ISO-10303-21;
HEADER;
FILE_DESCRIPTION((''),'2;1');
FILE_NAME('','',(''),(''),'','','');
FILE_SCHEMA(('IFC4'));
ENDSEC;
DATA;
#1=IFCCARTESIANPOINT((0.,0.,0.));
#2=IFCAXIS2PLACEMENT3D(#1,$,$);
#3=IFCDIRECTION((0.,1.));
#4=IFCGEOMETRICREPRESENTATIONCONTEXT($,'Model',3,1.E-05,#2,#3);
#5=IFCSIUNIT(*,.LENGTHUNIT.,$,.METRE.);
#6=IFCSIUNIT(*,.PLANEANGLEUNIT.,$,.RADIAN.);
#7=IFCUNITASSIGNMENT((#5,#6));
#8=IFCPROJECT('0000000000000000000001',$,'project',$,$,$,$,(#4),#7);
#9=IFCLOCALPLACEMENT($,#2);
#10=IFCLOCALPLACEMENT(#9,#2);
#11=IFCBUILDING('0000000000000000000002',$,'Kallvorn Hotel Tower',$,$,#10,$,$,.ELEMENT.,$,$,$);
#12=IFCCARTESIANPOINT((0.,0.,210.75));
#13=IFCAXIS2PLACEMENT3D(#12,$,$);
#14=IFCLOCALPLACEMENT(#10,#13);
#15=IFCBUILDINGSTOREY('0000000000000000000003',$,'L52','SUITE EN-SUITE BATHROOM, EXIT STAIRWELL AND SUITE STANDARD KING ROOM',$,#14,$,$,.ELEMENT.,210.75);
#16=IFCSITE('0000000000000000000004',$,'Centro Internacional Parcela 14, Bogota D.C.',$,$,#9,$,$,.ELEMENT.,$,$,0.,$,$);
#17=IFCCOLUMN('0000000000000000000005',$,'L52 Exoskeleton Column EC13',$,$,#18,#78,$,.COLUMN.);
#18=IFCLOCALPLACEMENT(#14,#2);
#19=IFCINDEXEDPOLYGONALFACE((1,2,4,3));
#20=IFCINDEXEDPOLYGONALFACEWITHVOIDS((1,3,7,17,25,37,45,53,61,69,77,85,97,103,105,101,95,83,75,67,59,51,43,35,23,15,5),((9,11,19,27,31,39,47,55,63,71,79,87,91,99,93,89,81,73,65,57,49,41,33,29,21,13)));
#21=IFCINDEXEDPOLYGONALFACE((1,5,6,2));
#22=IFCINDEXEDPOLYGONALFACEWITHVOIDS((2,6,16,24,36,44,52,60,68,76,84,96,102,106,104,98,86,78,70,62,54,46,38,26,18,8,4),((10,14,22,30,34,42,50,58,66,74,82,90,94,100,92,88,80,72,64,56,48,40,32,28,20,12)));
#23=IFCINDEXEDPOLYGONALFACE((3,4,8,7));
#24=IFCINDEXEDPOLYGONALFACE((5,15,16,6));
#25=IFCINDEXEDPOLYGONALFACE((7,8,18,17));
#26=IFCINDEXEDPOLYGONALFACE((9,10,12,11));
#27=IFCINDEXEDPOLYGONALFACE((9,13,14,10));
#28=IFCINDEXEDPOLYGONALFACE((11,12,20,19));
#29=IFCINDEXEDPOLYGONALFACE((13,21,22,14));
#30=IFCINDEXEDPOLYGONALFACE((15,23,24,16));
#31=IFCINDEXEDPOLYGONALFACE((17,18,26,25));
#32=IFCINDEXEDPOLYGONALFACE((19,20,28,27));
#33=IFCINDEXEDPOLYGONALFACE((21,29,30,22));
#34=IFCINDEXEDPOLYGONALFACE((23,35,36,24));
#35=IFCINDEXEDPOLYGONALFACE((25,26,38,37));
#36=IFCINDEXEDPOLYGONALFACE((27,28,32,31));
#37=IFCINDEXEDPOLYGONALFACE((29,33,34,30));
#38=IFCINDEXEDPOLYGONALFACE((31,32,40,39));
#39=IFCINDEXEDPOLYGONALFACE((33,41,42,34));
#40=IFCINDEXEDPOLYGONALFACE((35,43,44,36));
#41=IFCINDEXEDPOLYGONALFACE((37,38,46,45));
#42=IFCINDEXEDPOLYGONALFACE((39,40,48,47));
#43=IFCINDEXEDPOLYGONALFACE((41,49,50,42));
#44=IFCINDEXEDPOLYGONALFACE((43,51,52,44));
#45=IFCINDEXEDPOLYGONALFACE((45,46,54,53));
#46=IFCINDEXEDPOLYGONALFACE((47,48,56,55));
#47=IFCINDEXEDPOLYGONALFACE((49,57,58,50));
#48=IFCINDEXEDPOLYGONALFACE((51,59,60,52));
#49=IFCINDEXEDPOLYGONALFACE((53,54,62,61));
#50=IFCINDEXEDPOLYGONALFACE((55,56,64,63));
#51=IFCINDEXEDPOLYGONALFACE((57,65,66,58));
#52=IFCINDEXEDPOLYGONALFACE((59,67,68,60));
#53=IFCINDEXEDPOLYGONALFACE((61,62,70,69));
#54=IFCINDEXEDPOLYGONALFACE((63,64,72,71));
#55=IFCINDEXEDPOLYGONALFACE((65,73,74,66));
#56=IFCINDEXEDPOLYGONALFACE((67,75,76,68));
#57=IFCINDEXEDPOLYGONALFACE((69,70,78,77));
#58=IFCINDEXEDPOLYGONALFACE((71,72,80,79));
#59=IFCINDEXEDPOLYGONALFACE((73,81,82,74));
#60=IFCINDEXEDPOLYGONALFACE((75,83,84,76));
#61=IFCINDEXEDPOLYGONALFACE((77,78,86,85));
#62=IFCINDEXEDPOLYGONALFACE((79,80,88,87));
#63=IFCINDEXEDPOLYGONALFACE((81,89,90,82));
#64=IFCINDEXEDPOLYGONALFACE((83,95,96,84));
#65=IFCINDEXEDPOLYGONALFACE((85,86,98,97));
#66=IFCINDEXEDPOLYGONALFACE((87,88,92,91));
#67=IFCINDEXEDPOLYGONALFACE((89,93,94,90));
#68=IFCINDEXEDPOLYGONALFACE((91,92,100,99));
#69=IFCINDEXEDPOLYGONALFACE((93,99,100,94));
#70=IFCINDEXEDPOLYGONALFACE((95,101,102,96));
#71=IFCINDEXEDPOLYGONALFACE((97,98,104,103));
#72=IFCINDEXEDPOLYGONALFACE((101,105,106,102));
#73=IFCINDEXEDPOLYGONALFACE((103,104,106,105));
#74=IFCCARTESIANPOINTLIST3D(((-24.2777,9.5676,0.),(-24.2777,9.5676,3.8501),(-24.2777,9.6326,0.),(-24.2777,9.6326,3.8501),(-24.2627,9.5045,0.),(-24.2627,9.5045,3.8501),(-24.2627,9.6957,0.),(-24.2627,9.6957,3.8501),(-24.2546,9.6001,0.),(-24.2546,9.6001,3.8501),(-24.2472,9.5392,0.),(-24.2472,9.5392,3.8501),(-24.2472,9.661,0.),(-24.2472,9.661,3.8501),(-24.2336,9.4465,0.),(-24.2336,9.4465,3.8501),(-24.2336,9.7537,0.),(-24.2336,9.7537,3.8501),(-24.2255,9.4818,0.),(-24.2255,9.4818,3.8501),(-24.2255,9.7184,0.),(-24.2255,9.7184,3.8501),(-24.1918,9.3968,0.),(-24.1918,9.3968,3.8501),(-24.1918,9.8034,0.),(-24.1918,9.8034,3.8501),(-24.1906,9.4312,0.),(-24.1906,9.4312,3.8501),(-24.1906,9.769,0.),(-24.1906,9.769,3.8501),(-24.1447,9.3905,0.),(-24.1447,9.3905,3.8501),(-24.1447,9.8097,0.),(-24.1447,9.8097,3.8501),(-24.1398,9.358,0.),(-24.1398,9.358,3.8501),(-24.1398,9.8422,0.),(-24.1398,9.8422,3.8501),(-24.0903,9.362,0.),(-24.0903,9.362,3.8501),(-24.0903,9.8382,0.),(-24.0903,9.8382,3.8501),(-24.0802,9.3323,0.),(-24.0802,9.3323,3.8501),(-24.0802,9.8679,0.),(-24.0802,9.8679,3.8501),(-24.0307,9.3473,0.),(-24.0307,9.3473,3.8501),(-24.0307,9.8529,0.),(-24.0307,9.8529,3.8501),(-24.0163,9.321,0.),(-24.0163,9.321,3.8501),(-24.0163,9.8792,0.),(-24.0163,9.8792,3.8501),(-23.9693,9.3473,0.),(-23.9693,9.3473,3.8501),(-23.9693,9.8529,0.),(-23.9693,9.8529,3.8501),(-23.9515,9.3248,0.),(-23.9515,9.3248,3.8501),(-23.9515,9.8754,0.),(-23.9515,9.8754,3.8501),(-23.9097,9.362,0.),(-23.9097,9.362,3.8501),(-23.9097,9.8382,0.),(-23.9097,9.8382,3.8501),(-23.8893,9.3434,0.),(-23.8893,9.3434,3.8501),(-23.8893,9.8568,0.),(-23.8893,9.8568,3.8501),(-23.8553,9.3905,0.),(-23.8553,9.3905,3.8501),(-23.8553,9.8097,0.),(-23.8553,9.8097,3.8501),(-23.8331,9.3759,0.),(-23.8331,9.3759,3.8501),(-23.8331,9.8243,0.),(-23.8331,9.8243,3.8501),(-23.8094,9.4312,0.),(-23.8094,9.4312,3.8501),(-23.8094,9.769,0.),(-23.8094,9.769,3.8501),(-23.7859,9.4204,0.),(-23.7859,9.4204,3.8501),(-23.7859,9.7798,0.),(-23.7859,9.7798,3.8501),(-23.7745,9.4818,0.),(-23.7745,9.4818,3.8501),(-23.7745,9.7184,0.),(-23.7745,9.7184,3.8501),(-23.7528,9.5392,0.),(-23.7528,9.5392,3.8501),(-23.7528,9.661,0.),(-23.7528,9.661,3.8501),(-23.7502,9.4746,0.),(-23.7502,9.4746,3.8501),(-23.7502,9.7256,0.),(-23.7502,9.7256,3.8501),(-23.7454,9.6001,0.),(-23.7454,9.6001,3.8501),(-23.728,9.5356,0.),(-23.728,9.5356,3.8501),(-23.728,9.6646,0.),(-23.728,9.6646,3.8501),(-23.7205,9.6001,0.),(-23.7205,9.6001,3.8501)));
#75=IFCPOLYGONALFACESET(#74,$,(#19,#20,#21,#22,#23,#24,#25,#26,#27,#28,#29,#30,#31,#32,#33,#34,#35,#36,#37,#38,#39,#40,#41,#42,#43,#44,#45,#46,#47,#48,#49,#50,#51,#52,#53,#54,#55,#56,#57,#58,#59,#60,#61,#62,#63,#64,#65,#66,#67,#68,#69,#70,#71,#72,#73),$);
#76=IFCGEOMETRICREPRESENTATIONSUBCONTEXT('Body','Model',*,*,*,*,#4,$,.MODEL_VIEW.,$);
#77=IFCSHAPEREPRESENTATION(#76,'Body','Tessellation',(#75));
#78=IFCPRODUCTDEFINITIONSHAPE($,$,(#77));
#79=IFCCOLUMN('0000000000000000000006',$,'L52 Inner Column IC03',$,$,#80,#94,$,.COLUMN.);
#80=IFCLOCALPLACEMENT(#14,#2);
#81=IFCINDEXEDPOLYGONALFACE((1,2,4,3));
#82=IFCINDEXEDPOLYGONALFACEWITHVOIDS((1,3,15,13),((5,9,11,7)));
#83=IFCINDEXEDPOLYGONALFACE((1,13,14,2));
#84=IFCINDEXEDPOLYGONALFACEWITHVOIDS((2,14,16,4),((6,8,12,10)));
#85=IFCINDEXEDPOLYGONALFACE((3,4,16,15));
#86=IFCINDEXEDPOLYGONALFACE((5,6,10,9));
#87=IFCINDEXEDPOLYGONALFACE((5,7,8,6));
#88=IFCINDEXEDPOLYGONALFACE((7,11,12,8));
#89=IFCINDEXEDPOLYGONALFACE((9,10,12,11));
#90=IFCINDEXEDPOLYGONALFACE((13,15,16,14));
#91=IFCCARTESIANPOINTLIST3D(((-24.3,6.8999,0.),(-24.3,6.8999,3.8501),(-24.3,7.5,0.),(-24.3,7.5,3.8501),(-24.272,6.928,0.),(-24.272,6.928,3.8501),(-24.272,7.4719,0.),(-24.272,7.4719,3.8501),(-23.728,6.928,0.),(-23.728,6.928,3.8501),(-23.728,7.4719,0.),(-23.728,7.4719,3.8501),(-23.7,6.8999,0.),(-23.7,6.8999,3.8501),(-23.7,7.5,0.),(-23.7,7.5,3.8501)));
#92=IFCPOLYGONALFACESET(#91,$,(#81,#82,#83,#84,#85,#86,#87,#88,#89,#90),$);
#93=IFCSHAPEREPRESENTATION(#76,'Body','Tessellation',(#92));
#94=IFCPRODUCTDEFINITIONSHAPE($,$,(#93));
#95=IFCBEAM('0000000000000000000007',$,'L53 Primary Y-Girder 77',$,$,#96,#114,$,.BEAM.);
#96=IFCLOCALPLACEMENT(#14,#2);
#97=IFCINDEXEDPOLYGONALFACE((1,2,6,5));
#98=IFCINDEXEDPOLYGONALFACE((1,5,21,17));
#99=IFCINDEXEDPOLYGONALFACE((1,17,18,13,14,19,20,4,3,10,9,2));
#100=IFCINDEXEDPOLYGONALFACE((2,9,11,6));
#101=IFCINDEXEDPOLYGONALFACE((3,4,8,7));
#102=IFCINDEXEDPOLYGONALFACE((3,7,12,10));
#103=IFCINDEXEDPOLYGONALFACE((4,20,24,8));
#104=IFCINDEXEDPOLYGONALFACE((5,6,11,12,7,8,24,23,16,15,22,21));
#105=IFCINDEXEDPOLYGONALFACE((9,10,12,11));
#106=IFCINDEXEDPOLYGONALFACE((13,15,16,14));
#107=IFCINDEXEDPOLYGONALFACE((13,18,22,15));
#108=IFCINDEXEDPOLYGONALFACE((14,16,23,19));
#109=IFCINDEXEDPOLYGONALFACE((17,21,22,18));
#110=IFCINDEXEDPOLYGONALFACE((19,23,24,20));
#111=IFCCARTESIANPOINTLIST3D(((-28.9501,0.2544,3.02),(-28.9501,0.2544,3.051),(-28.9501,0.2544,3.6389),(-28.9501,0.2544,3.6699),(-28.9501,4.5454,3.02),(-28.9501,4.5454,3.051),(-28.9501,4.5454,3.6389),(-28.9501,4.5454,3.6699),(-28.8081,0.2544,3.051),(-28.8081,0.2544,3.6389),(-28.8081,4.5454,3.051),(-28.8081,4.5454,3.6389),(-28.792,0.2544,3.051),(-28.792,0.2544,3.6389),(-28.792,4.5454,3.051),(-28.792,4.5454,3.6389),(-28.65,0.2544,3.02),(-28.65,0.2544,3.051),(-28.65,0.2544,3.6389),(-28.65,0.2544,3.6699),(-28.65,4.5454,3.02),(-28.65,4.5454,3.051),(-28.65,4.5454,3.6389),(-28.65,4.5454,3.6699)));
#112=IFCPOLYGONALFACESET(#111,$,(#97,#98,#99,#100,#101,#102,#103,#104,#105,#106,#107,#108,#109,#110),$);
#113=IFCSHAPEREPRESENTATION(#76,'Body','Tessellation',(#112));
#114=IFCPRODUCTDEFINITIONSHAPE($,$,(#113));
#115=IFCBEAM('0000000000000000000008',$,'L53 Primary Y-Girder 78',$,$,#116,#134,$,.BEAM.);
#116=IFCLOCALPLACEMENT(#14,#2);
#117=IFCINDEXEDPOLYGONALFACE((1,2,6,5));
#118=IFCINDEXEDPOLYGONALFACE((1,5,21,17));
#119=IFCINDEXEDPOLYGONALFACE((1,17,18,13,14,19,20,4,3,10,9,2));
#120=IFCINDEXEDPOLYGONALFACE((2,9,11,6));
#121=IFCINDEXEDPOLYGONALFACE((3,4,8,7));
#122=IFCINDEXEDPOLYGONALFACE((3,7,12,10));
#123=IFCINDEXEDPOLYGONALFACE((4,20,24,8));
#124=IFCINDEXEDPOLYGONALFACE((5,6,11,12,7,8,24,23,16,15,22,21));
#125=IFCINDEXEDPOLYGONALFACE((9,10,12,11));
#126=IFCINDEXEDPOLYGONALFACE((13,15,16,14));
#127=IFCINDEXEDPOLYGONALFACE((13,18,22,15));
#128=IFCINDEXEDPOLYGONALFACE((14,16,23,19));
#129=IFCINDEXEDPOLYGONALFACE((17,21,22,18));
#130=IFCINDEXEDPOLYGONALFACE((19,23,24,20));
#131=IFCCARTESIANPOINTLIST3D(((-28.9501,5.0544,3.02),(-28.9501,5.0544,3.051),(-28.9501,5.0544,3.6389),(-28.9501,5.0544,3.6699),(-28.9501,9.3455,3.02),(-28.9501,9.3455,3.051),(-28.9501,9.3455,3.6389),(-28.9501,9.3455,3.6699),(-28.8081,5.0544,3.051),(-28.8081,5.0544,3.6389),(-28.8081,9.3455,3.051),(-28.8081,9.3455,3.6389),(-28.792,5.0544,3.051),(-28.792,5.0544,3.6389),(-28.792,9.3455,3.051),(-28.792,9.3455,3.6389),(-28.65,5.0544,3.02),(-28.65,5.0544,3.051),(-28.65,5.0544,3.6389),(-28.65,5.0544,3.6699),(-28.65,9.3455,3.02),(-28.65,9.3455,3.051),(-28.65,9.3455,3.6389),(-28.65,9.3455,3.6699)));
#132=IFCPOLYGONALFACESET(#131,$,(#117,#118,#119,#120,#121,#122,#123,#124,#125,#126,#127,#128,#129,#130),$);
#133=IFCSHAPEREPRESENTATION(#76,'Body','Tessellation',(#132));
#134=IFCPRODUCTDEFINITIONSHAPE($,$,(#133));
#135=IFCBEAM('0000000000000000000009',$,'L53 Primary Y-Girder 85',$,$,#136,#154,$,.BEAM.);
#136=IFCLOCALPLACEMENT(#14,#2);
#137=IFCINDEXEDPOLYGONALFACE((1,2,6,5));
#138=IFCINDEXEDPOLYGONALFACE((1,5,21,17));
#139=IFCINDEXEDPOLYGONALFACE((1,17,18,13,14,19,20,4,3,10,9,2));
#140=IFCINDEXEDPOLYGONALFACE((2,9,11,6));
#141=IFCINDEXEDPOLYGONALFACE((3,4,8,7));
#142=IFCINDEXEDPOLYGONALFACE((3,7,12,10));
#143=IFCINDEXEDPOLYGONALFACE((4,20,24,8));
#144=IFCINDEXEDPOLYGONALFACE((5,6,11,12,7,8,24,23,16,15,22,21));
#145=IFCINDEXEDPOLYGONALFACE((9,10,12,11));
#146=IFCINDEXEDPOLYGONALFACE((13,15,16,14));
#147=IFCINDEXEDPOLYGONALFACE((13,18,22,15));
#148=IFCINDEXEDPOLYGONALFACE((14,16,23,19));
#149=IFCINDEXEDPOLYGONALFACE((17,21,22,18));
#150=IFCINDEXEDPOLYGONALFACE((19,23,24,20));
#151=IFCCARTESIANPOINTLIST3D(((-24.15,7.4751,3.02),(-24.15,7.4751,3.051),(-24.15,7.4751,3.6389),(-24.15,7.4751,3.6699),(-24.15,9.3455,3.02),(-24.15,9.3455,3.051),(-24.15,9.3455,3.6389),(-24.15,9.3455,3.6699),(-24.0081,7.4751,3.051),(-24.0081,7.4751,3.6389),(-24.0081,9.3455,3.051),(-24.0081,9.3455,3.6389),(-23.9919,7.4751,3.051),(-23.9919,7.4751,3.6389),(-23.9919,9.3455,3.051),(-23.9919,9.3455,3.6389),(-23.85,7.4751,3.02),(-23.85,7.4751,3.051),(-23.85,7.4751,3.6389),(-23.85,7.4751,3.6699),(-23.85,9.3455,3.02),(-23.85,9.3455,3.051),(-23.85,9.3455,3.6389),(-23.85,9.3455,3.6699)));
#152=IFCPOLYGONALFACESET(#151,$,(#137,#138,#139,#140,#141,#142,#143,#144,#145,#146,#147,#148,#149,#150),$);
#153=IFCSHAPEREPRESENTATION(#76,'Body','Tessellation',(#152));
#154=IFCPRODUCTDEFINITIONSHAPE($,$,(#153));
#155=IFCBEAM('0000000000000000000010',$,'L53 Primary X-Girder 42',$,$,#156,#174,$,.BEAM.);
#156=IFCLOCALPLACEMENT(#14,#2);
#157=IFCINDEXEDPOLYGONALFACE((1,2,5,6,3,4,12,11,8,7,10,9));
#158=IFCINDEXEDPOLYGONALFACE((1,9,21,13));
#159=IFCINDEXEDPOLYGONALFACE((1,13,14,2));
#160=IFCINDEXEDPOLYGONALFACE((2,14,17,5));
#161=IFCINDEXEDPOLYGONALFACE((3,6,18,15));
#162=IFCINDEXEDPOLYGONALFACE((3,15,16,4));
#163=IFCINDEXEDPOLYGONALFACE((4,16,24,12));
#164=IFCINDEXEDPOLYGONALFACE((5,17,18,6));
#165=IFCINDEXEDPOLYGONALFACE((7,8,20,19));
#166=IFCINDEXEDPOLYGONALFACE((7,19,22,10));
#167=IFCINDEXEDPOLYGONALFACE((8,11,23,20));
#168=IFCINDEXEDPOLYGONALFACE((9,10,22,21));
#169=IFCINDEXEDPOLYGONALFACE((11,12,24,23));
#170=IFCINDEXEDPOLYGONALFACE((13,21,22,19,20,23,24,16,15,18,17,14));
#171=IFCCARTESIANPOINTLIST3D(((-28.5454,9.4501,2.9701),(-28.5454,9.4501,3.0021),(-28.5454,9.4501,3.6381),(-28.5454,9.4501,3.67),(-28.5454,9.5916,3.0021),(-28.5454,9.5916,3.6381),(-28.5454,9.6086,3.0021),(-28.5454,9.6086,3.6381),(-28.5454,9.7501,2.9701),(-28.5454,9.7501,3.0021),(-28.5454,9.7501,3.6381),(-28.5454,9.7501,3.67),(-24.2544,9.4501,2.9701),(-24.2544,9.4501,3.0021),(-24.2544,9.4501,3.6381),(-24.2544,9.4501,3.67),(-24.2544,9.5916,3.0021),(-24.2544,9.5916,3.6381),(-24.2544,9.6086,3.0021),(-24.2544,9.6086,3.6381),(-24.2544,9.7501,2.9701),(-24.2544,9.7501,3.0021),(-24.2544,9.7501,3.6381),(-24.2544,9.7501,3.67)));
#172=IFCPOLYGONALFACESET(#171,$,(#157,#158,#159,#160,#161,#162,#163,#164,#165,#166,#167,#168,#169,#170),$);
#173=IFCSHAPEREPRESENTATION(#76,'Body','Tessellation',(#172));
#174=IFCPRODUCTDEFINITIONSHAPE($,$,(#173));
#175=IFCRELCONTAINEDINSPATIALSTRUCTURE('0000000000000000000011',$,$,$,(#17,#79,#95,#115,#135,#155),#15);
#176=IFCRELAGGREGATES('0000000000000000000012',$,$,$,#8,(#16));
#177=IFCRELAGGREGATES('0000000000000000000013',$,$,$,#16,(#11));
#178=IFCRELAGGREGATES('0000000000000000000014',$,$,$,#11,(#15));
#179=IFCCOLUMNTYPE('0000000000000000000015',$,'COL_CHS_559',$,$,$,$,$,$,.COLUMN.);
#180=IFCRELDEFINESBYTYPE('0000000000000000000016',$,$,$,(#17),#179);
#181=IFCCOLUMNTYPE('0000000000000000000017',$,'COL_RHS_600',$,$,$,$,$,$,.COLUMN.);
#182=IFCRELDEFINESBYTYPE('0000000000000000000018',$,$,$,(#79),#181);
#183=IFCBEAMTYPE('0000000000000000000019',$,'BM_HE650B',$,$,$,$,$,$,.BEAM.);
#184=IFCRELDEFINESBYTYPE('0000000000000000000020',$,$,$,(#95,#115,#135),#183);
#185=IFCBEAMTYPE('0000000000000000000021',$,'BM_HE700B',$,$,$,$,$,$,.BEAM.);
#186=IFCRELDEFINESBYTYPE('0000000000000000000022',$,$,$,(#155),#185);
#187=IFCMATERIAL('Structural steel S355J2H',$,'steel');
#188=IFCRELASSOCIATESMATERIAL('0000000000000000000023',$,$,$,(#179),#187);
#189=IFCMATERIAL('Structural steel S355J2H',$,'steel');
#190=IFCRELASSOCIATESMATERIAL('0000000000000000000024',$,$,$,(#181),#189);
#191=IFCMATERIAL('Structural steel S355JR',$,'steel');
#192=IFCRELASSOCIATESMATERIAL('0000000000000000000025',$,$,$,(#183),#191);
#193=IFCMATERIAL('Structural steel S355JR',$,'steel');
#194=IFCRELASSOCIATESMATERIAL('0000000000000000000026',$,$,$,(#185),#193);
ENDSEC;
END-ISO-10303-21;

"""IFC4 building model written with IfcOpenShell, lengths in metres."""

from ifc_helpers import new_model, si_unit, direction, frame, origin, origin_2d, place, context, subcontext, project, spatial, hollow_rectangle, hollow_circle, i_section, extrude, material, material_profile, profile_set, type_object, element, save


model = new_model("IFC4")

# Units and contexts
model_context = context("Model", 3, precision=1e-05, world=origin(), true_north=direction((0.0, 1.0)))
body_context = subcontext(model_context, "Body", "Model", "MODEL_VIEW")
ifc_project = project(units=[si_unit("LENGTHUNIT", "METRE"), si_unit("PLANEANGLEUNIT", "RADIAN")], contexts=[model_context])

# Site, building, storey
site_placement = place(None, origin())
site = spatial("IfcSite", under=ifc_project, at=site_placement, Name="Centro Internacional Parcela 14, Bogota D.C.", CompositionType="ELEMENT", RefElevation=0.0)
building_placement = place(site_placement, origin())
building = spatial("IfcBuilding", under=site, at=building_placement, Name="Kallvorn Hotel Tower", CompositionType="ELEMENT")
storey_placement = place(building_placement, frame((0.0, 0.0, 210.75)))
storey = spatial("IfcBuildingStorey", under=building, at=storey_placement, Name="L52", Description="SUITE EN-SUITE BATHROOM, EXIT STAIRWELL AND SUITE STANDARD KING ROOM", CompositionType="ELEMENT", Elevation=210.75)

# Columns
ifc_material_1 = material(Name="Structural steel S355J2H", Category="steel")
ifc_material_profile_1 = material_profile(ifc_material_1, hollow_circle(Radius=0.2795, WallThickness=0.0249, at=origin_2d()), Name="CHS 559x25")
ifc_profile_set_1 = profile_set([ifc_material_profile_1], Name="Structural steel S355J2H")
column_type_1 = type_object("IfcColumnType", Name="COL_CHS_559", PredefinedType="COLUMN", material=ifc_profile_set_1)
for number, where, z_axis, x_axis, name in (
    (1, (-24.0, 9.6001, 0.0), (0.0, 0.0, 1.0), (1.0, 0.0, 0.0), "L52 Exoskeleton Column EC13"),
):
    element("IfcColumn", number, at=place(storey_placement, frame(where, z_axis=z_axis, x_axis=x_axis)), inside=storey, type_object=column_type_1, Name=name, PredefinedType="COLUMN", context=body_context, shape_type="SweptSolid", body=[
        extrude(hollow_circle(Radius=0.2795, WallThickness=0.0249, at=origin_2d()), origin(), (0.0, 0.0, 1.0), 3.8501),
    ])
ifc_material_2 = material(Name="Structural steel S355J2H", Category="steel")
ifc_material_profile_2 = material_profile(ifc_material_2, hollow_rectangle(XDim=0.6001, YDim=0.6001, WallThickness=0.0281, at=origin_2d()), Name="RHS 600x600x28")
ifc_profile_set_2 = profile_set([ifc_material_profile_2], Name="Structural steel S355J2H")
column_type_2 = type_object("IfcColumnType", Name="COL_RHS_600", PredefinedType="COLUMN", material=ifc_profile_set_2)
column_placement = place(storey_placement, frame((-24.0, 7.2, 0.0), z_axis=(0.0, 0.0, 1.0), x_axis=(1.0, 0.0, 0.0)))
element("IfcColumn", 2, at=column_placement, inside=storey, type_object=column_type_2, Name="L52 Inner Column IC03", PredefinedType="COLUMN", context=body_context, shape_type="SweptSolid", body=[
    extrude(hollow_rectangle(XDim=0.6001, YDim=0.6001, WallThickness=0.0281, at=origin_2d()), origin(), (0.0, 0.0, 1.0), 3.8501),
])

# Beams
ifc_material_3 = material(Name="Structural steel S355JR", Category="steel")
ifc_material_profile_3 = material_profile(ifc_material_3, i_section(OverallWidth=0.3, OverallDepth=0.6499, WebThickness=0.0161, FlangeThickness=0.031, at=origin_2d()), Name="HE 650 B")
ifc_profile_set_3 = profile_set([ifc_material_profile_3], Name="Structural steel S355JR")
beam_type_1 = type_object("IfcBeamType", Name="BM_HE650B", PredefinedType="BEAM", material=ifc_profile_set_3)
for number, where, z_axis, x_axis, name in (
    (3, (-28.8, 0.2544, 3.345), (0.0, 1.0, 0.0), (-1.0, 0.0, 0.0), "L53 Primary Y-Girder 77"),
    (4, (-28.8, 5.0544, 3.345), (0.0, 1.0, 0.0), (-1.0, 0.0, 0.0), "L53 Primary Y-Girder 78"),
):
    element("IfcBeam", number, at=place(storey_placement, frame(where, z_axis=z_axis, x_axis=x_axis)), inside=storey, type_object=beam_type_1, Name=name, PredefinedType="BEAM", context=body_context, shape_type="SweptSolid", body=[
        extrude(i_section(OverallWidth=0.3, OverallDepth=0.6499, WebThickness=0.0161, FlangeThickness=0.031, at=origin_2d()), origin(), (0.0, 0.0, 1.0), 4.291),
    ])
beam_1_placement = place(storey_placement, frame((-24.0, 7.4751, 3.345), z_axis=(0.0, 1.0, 0.0), x_axis=(-1.0, 0.0, 0.0)))
element("IfcBeam", 5, at=beam_1_placement, inside=storey, type_object=beam_type_1, Name="L53 Primary Y-Girder 85", PredefinedType="BEAM", context=body_context, shape_type="SweptSolid", body=[
    extrude(i_section(OverallWidth=0.3, OverallDepth=0.6499, WebThickness=0.0161, FlangeThickness=0.031, at=origin_2d()), origin(), (0.0, 0.0, 1.0), 1.8704),
])
ifc_material_4 = material(Name="Structural steel S355JR", Category="steel")
ifc_material_profile_4 = material_profile(ifc_material_4, i_section(OverallWidth=0.3, OverallDepth=0.7, WebThickness=0.0171, FlangeThickness=0.032, at=origin_2d()), Name="HE 700 B")
ifc_profile_set_4 = profile_set([ifc_material_profile_4], Name="Structural steel S355JR")
beam_type_2 = type_object("IfcBeamType", Name="BM_HE700B", PredefinedType="BEAM", material=ifc_profile_set_4)
beam_2_placement = place(storey_placement, frame((-28.5454, 9.6001, 3.3201), z_axis=(1.0, 0.0, 0.0), x_axis=(0.0, 1.0, 0.0)))
element("IfcBeam", 6, at=beam_2_placement, inside=storey, type_object=beam_type_2, Name="L53 Primary X-Girder 42", PredefinedType="BEAM", context=body_context, shape_type="SweptSolid", body=[
    extrude(i_section(OverallWidth=0.3, OverallDepth=0.7, WebThickness=0.0171, FlangeThickness=0.032, at=origin_2d()), origin(), (0.0, 0.0, 1.0), 4.291),
])

save(model, "model.ifc")
